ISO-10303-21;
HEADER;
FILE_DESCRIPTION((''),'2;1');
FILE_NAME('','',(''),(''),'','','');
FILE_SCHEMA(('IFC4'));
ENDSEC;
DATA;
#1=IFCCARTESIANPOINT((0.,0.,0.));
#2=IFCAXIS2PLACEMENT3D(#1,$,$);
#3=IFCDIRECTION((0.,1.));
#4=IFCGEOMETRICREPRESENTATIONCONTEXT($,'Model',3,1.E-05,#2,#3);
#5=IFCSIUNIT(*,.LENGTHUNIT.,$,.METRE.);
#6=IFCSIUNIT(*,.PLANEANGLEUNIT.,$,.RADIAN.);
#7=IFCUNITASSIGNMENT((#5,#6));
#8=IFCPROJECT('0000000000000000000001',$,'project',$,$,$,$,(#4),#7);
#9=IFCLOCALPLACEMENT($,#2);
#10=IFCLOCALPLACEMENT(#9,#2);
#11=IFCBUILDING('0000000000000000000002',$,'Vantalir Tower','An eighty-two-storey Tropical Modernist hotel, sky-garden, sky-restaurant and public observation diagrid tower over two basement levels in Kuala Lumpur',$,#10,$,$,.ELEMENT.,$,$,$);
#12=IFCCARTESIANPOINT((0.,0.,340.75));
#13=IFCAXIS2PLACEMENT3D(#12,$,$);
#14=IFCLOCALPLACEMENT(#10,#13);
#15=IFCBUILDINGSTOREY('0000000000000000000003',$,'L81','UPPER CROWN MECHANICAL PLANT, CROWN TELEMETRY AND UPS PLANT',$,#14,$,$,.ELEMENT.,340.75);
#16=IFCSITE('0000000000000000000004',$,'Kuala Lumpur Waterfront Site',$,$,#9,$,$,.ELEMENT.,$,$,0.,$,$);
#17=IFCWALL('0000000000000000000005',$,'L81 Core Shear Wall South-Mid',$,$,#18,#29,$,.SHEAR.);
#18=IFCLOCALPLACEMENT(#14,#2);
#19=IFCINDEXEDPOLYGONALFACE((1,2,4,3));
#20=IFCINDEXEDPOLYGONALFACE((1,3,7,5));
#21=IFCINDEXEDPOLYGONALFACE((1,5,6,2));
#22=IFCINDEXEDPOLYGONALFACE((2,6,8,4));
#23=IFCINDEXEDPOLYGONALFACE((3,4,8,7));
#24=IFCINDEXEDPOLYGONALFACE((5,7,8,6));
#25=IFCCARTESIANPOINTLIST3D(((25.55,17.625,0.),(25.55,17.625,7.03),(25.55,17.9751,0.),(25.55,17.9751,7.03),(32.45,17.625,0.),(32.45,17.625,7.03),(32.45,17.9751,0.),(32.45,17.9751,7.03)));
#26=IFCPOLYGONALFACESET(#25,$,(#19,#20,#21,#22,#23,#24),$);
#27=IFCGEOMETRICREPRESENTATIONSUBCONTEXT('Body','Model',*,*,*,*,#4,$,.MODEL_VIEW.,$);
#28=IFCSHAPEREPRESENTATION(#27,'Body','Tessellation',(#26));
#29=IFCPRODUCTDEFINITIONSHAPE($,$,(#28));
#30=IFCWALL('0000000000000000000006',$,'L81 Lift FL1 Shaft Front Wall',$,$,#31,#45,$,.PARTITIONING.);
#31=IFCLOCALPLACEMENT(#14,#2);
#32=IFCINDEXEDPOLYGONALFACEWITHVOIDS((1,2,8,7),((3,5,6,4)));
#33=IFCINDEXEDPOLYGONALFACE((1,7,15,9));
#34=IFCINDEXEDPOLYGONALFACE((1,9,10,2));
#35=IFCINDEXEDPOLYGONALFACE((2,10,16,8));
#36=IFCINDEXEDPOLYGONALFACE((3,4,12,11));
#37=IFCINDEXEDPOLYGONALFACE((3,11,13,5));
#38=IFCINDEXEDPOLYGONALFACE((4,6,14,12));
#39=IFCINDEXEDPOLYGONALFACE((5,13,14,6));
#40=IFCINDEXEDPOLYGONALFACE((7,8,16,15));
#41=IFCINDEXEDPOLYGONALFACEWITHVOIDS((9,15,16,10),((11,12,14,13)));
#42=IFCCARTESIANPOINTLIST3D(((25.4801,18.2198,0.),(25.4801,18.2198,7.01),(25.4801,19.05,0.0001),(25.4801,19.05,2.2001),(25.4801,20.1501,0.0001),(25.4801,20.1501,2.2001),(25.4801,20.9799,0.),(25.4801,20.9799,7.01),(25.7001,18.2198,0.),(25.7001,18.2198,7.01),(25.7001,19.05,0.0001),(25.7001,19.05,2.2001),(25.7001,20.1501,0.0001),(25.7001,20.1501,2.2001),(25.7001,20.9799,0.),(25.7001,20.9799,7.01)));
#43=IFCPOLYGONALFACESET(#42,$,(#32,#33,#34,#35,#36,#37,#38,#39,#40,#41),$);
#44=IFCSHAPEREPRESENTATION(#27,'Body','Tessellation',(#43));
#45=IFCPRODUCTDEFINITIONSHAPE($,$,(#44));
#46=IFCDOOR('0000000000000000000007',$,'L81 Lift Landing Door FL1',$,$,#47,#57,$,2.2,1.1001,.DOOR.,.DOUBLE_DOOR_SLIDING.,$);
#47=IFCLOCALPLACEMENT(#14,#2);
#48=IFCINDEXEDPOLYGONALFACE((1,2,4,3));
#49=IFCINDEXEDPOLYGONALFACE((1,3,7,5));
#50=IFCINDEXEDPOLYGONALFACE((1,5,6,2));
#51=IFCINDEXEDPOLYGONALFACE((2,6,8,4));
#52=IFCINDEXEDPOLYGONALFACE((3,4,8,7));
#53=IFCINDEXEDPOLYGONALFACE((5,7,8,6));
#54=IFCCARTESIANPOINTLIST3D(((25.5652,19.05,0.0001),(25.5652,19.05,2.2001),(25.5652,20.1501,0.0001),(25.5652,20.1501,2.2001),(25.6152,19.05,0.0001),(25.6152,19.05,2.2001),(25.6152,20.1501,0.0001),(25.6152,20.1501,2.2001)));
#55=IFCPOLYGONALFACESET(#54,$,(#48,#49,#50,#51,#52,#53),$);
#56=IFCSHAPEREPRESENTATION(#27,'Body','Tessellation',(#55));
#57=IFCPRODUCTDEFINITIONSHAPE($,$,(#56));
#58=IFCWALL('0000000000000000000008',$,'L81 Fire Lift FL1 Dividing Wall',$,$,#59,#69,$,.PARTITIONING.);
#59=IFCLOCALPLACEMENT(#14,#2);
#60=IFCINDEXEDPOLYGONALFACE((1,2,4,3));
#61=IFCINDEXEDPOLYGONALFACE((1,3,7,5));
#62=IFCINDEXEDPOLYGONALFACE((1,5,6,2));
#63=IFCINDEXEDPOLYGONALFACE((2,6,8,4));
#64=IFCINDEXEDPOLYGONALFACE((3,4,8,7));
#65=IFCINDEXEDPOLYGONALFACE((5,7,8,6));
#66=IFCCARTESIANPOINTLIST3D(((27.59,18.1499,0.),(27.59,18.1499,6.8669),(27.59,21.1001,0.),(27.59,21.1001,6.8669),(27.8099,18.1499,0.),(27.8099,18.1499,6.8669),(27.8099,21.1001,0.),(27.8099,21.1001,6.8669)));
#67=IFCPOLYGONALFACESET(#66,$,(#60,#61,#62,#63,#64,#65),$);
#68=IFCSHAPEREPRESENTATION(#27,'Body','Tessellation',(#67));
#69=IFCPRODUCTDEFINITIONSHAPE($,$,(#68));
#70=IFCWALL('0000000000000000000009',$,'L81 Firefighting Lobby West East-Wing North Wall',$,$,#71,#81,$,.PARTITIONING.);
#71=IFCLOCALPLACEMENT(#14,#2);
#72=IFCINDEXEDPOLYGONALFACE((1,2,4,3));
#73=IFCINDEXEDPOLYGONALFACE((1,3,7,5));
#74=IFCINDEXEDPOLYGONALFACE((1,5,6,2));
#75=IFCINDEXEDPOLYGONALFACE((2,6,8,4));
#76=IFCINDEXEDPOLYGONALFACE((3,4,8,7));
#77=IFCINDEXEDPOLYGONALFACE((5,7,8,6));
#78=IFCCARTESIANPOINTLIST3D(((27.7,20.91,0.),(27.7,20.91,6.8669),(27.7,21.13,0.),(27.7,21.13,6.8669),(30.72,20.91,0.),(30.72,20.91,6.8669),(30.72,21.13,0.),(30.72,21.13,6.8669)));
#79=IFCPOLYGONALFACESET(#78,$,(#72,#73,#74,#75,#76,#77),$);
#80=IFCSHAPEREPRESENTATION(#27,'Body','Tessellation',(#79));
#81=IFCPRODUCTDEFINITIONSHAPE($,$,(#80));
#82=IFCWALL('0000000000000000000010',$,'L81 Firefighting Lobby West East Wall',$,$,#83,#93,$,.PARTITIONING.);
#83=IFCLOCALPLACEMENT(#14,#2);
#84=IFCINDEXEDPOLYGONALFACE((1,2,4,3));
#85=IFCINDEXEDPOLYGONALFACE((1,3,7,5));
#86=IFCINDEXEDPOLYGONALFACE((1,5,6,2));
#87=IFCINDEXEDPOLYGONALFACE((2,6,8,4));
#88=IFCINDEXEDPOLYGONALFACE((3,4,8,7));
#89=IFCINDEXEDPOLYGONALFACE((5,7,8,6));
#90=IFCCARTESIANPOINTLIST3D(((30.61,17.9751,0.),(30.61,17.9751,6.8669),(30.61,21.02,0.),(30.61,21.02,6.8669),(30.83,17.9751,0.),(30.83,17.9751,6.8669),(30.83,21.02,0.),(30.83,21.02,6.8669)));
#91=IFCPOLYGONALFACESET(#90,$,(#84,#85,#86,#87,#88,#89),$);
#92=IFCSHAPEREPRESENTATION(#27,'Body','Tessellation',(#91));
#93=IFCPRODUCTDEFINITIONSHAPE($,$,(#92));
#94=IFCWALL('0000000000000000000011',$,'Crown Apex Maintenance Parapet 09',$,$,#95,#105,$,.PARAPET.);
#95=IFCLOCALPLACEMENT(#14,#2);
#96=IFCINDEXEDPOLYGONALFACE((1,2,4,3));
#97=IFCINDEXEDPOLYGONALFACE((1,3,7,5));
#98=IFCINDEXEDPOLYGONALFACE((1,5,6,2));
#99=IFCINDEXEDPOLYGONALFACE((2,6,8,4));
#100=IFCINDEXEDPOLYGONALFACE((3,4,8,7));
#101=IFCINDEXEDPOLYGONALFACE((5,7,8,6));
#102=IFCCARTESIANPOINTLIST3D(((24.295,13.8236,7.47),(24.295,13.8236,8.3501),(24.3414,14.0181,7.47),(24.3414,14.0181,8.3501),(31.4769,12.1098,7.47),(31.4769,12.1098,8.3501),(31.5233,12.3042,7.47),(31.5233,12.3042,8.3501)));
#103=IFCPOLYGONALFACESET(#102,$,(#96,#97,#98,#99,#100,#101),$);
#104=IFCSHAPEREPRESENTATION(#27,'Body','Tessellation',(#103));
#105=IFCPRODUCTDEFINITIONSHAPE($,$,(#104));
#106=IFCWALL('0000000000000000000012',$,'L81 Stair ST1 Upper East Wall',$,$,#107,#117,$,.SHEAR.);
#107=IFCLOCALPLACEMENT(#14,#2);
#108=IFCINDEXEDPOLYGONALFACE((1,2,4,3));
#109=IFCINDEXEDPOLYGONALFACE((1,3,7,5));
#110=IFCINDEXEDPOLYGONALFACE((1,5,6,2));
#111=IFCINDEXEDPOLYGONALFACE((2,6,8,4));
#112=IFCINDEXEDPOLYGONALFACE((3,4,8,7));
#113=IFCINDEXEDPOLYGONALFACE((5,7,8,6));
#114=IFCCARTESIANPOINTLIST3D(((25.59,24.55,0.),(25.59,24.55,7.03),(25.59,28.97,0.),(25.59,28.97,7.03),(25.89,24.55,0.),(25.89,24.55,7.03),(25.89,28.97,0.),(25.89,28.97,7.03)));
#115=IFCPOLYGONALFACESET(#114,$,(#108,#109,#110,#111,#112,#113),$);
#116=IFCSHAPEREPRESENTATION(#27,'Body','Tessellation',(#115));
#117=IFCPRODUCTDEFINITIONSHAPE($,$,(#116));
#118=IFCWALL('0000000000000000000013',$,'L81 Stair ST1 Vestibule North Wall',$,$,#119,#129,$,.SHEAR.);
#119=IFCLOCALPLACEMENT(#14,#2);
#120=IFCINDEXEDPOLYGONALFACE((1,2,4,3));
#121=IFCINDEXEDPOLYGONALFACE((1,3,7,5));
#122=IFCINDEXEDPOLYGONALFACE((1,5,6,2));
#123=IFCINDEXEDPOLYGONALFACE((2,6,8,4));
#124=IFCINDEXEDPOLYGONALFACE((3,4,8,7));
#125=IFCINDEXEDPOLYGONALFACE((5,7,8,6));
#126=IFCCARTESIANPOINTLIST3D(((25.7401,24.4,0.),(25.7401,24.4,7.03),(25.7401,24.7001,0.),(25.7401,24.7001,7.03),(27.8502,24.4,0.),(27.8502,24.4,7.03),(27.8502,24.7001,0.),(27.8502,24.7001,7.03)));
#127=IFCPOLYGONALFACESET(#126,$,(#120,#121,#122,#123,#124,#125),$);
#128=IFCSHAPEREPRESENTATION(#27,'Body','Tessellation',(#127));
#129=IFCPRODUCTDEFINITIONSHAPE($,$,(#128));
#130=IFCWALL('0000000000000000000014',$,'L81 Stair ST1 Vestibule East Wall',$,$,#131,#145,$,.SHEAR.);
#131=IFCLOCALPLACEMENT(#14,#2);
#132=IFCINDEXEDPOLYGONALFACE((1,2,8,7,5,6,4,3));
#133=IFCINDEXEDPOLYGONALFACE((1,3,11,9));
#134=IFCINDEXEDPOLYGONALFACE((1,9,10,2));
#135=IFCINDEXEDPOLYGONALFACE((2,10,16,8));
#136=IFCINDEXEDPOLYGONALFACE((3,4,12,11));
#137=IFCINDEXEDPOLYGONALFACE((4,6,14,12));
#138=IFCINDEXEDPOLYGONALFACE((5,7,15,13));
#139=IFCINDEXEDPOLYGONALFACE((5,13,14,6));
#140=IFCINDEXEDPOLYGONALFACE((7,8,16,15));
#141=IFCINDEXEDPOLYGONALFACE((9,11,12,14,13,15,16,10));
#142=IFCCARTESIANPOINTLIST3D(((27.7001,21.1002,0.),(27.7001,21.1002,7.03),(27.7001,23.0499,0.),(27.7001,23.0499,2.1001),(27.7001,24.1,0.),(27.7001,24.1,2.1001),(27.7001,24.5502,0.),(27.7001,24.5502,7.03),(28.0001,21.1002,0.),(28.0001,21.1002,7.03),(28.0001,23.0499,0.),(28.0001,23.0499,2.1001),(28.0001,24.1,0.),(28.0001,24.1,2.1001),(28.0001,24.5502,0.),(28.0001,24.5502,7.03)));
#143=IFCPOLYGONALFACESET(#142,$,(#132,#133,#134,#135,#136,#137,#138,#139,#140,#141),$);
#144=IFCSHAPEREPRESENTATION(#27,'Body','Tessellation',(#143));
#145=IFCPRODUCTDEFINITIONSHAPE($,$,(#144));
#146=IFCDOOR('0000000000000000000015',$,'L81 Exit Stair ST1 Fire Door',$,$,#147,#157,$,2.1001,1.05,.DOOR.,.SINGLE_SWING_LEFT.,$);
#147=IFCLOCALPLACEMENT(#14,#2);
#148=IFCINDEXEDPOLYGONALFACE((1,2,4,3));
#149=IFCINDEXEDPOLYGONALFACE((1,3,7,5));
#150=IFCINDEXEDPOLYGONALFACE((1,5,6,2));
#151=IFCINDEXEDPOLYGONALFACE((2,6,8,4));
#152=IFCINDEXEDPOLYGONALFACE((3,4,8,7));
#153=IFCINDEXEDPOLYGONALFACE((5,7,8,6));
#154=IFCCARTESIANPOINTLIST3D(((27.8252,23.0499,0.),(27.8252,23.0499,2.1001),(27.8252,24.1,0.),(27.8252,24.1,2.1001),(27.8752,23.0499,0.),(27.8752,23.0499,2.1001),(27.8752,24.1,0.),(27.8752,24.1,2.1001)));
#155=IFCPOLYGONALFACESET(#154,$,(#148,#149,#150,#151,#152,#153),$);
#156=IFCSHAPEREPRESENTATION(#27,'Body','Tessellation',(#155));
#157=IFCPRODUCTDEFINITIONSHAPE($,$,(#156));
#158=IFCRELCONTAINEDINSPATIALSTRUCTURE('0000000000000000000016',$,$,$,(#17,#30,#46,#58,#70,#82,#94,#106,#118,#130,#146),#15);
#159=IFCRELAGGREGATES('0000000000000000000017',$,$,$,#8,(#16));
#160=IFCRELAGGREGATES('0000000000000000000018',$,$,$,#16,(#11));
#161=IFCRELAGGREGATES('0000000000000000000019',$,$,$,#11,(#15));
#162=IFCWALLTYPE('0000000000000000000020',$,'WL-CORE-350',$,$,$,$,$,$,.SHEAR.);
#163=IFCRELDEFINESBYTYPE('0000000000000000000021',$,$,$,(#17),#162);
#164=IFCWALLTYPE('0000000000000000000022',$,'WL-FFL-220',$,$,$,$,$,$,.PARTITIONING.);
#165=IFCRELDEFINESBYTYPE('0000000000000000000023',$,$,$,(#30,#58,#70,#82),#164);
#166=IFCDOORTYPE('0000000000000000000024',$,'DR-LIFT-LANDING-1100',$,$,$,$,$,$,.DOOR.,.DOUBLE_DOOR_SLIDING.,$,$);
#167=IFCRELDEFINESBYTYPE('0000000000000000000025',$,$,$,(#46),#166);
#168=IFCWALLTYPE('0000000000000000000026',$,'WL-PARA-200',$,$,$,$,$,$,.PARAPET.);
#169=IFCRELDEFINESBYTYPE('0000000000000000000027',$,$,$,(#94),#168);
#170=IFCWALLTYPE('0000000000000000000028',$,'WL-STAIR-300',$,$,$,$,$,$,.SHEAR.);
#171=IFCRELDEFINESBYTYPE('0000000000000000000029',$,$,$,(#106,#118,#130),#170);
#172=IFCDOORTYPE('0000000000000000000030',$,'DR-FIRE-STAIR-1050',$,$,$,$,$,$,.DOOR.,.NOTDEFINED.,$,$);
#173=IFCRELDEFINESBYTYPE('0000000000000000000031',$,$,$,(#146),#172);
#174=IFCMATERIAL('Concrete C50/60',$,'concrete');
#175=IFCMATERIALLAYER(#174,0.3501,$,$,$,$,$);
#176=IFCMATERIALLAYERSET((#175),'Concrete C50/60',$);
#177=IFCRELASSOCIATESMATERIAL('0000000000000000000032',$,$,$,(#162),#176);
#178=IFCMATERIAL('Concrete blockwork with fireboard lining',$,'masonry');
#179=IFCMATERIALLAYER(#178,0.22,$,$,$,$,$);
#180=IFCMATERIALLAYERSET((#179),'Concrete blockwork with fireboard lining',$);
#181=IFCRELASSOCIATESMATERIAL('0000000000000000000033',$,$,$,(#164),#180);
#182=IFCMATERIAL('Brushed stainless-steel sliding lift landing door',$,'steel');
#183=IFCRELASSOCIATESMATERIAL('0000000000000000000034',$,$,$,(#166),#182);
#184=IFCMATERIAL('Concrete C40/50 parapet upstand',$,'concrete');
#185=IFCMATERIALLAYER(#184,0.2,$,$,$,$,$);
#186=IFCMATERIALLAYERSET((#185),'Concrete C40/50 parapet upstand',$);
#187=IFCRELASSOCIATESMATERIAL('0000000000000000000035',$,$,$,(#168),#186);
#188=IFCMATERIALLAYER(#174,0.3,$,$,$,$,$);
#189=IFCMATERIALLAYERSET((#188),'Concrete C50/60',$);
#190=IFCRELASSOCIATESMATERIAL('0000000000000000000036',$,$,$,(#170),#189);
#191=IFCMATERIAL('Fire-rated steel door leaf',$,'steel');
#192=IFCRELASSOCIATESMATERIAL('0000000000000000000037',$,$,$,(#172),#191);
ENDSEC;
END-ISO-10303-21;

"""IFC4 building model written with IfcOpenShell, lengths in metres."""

from ifc_helpers import new_model, si_unit, direction, frame, frame_2d, origin, place, context, subcontext, project, spatial, rectangle, extrude, material, layer, layer_set, type_object, element, fill, save


model = new_model("IFC4")

# Units and contexts
model_context = context("Model", 3, precision=1e-05, world=origin(), true_north=direction((0.0, 1.0)))
body_context = subcontext(model_context, "Body", "Model", "MODEL_VIEW")
ifc_project = project(units=[si_unit("LENGTHUNIT", "METRE"), si_unit("PLANEANGLEUNIT", "RADIAN")], contexts=[model_context])

# Site, building, storey
site_placement = place(None, origin())
site = spatial("IfcSite", under=ifc_project, at=site_placement, Name="Kuala Lumpur Waterfront Site", CompositionType="ELEMENT", RefElevation=0.0)
building_placement = place(site_placement, origin())
building = spatial("IfcBuilding", under=site, at=building_placement, Name="Vantalir Tower", Description="An eighty-two-storey Tropical Modernist hotel, sky-garden, sky-restaurant and public observation diagrid tower over two basement levels in Kuala Lumpur", CompositionType="ELEMENT")
storey_placement = place(building_placement, frame((0.0, 0.0, 340.75)))
storey = spatial("IfcBuildingStorey", under=building, at=storey_placement, Name="L81", Description="UPPER CROWN MECHANICAL PLANT, CROWN TELEMETRY AND UPS PLANT", CompositionType="ELEMENT", Elevation=340.75)

# Wall
ifc_material_1 = material(Name="Concrete C50/60", Category="concrete")
ifc_layer_1 = layer(ifc_material_1, 0.3501)
ifc_layer_set_1 = layer_set([ifc_layer_1], Name="Concrete C50/60")
wall_type_1 = type_object("IfcWallType", Name="WL-CORE-350", PredefinedType="SHEAR", material=ifc_layer_set_1)
wall_1_placement = place(storey_placement, frame((25.55, 17.8, 0.0), z_axis=(0.0, 0.0, 1.0), x_axis=(1.0, 0.0, 0.0)))
element("IfcWall", 1, at=wall_1_placement, inside=storey, type_object=wall_type_1, Name="L81 Core Shear Wall South-Mid", PredefinedType="SHEAR", context=body_context, shape_type="SweptSolid", body=[
    extrude(rectangle(XDim=6.8999, YDim=0.3501, at=frame_2d((3.45, 0.0))), origin(), (0.0, 0.0, 1.0), 7.03),
])

# Wall, opening, door
ifc_material_2 = material(Name="Concrete blockwork with fireboard lining", Category="masonry")
ifc_layer_2 = layer(ifc_material_2, 0.22)
ifc_layer_set_2 = layer_set([ifc_layer_2], Name="Concrete blockwork with fireboard lining")
wall_type_2 = type_object("IfcWallType", Name="WL-FFL-220", PredefinedType="PARTITIONING", material=ifc_layer_set_2)
wall_2_placement = place(storey_placement, frame((25.5901, 18.22, 0.0), z_axis=(0.0, 0.0, 1.0), x_axis=(0.0, 1.0, 0.0)))
wall_2 = element("IfcWall", 2, at=wall_2_placement, inside=storey, type_object=wall_type_2, Name="L81 Lift FL1 Shaft Front Wall", PredefinedType="PARTITIONING", context=body_context, shape_type="SweptSolid", body=[
    extrude(rectangle(XDim=2.76, YDim=0.22, at=frame_2d((1.3799, 0.0))), origin(), (0.0, 0.0, 1.0), 7.01),
])
opening_1_placement = place(wall_2_placement, frame((0.8301, 0.0, 0.0)))
opening_1 = element("IfcOpeningElement", 3, at=opening_1_placement, cuts=wall_2, PredefinedType="OPENING", context=body_context, shape_type="SweptSolid", body=[
    extrude(rectangle(XDim=1.1001, YDim=2.2, at=frame_2d((0.55, 1.1001))), frame((0.0, 0.1199, 0.0), z_axis=(0.0, -1.0, 0.0), x_axis=(1.0, 0.0, 0.0)), (0.0, 0.0, 1.0), 0.24),
])
ifc_material_3 = material(Name="Brushed stainless-steel sliding lift landing door", Category="steel")
door_type_1 = type_object("IfcDoorType", Name="DR-LIFT-LANDING-1100", OperationType="DOUBLE_DOOR_SLIDING", PredefinedType="DOOR", material=ifc_material_3)
door_1_placement = place(opening_1_placement, origin())
door_1 = element("IfcDoor", 4, at=door_1_placement, inside=storey, type_object=door_type_1, Name="L81 Lift Landing Door FL1", OperationType="DOUBLE_DOOR_SLIDING", OverallHeight=2.2, OverallWidth=1.1001, PredefinedType="DOOR", context=body_context, shape_type="SweptSolid", body=[
    extrude(rectangle(XDim=1.1001, YDim=2.2, at=frame_2d((0.55, 1.1001))), frame((0.0, 0.0249, 0.0), z_axis=(0.0, -1.0, 0.0), x_axis=(1.0, 0.0, 0.0)), (0.0, 0.0, 1.0), 0.05),
])
fill(opening_1, door_1)

# Walls
wall_3_placement = place(storey_placement, frame((27.7, 18.1499, 0.0), z_axis=(0.0, 0.0, 1.0), x_axis=(0.0, 1.0, 0.0)))
element("IfcWall", 5, at=wall_3_placement, inside=storey, type_object=wall_type_2, Name="L81 Fire Lift FL1 Dividing Wall", PredefinedType="PARTITIONING", context=body_context, shape_type="SweptSolid", body=[
    extrude(rectangle(XDim=2.9502, YDim=0.22, at=frame_2d((1.4751, 0.0))), origin(), (0.0, 0.0, 1.0), 6.8669),
])
wall_4_placement = place(storey_placement, frame((27.7, 21.02, 0.0), z_axis=(0.0, 0.0, 1.0), x_axis=(1.0, 0.0, 0.0)))
element("IfcWall", 6, at=wall_4_placement, inside=storey, type_object=wall_type_2, Name="L81 Firefighting Lobby West East-Wing North Wall", PredefinedType="PARTITIONING", context=body_context, shape_type="SweptSolid", body=[
    extrude(rectangle(XDim=3.02, YDim=0.22, at=frame_2d((1.51, 0.0))), origin(), (0.0, 0.0, 1.0), 6.8669),
])
wall_5_placement = place(storey_placement, frame((30.72, 17.9751, 0.0), z_axis=(0.0, 0.0, 1.0), x_axis=(0.0, 1.0, 0.0)))
element("IfcWall", 7, at=wall_5_placement, inside=storey, type_object=wall_type_2, Name="L81 Firefighting Lobby West East Wall", PredefinedType="PARTITIONING", context=body_context, shape_type="SweptSolid", body=[
    extrude(rectangle(XDim=3.0449, YDim=0.22, at=frame_2d((1.5225, 0.0))), origin(), (0.0, 0.0, 1.0), 6.8669),
])
ifc_material_4 = material(Name="Concrete C40/50 parapet upstand", Category="concrete")
ifc_layer_3 = layer(ifc_material_4, 0.2)
ifc_layer_set_3 = layer_set([ifc_layer_3], Name="Concrete C40/50 parapet upstand")
wall_type_3 = type_object("IfcWallType", Name="WL-PARA-200", PredefinedType="PARAPET", material=ifc_layer_set_3)
wall_6_placement = place(storey_placement, frame((24.3181, 13.9209, 7.47), z_axis=(0.0, 0.0, 1.0), x_axis=(0.972687, -0.23212, 0.0)))
element("IfcWall", 8, at=wall_6_placement, inside=storey, type_object=wall_type_3, Name="Crown Apex Maintenance Parapet 09", PredefinedType="PARAPET", context=body_context, shape_type="SweptSolid", body=[
    extrude(rectangle(XDim=7.3835, YDim=0.2, at=frame_2d((3.6919, 0.0))), origin(), (0.0, 0.0, 1.0), 0.8801),
])
ifc_layer_4 = layer(ifc_material_1, 0.3)
ifc_layer_set_4 = layer_set([ifc_layer_4], Name="Concrete C50/60")
wall_type_4 = type_object("IfcWallType", Name="WL-STAIR-300", PredefinedType="SHEAR", material=ifc_layer_set_4)
wall_7_placement = place(storey_placement, frame((25.74, 24.55, 0.0), z_axis=(0.0, 0.0, 1.0), x_axis=(0.0, 1.0, 0.0)))
element("IfcWall", 9, at=wall_7_placement, inside=storey, type_object=wall_type_4, Name="L81 Stair ST1 Upper East Wall", PredefinedType="SHEAR", context=body_context, shape_type="SweptSolid", body=[
    extrude(rectangle(XDim=4.4199, YDim=0.3, at=frame_2d((2.21, 0.0))), origin(), (0.0, 0.0, 1.0), 7.03),
])
wall_8_placement = place(storey_placement, frame((25.74, 24.55, 0.0), z_axis=(0.0, 0.0, 1.0), x_axis=(1.0, 0.0, 0.0)))
element("IfcWall", 10, at=wall_8_placement, inside=storey, type_object=wall_type_4, Name="L81 Stair ST1 Vestibule North Wall", PredefinedType="SHEAR", context=body_context, shape_type="SweptSolid", body=[
    extrude(rectangle(XDim=2.1101, YDim=0.3, at=frame_2d((1.0552, 0.0))), origin(), (0.0, 0.0, 1.0), 7.03),
])

# Wall, opening, door
wall_9_placement = place(storey_placement, frame((27.8501, 21.1001, 0.0), z_axis=(0.0, 0.0, 1.0), x_axis=(0.0, 1.0, 0.0)))
wall_9 = element("IfcWall", 11, at=wall_9_placement, inside=storey, type_object=wall_type_4, Name="L81 Stair ST1 Vestibule East Wall", PredefinedType="SHEAR", context=body_context, shape_type="SweptSolid", body=[
    extrude(rectangle(XDim=3.45, YDim=0.3, at=frame_2d((1.7251, 0.0))), origin(), (0.0, 0.0, 1.0), 7.03),
])
opening_2_placement = place(wall_9_placement, frame((1.95, 0.0, 0.0)))
opening_2 = element("IfcOpeningElement", 12, at=opening_2_placement, cuts=wall_9, PredefinedType="OPENING", context=body_context, shape_type="SweptSolid", body=[
    extrude(rectangle(XDim=1.05, YDim=2.1001, at=frame_2d((0.5249, 1.05))), frame((0.0, 0.1599, 0.0), z_axis=(0.0, -1.0, 0.0), x_axis=(1.0, 0.0, 0.0)), (0.0, 0.0, 1.0), 0.3201),
])
ifc_material_5 = material(Name="Fire-rated steel door leaf", Category="steel")
door_type_2 = type_object("IfcDoorType", Name="DR-FIRE-STAIR-1050", OperationType="NOTDEFINED", PredefinedType="DOOR", material=ifc_material_5)
door_2_placement = place(opening_2_placement, origin())
door_2 = element("IfcDoor", 13, at=door_2_placement, inside=storey, type_object=door_type_2, Name="L81 Exit Stair ST1 Fire Door", OperationType="SINGLE_SWING_LEFT", OverallHeight=2.1001, OverallWidth=1.05, PredefinedType="DOOR", context=body_context, shape_type="SweptSolid", body=[
    extrude(rectangle(XDim=1.05, YDim=2.1001, at=frame_2d((0.5249, 1.05))), frame((0.0, 0.0249, 0.0), z_axis=(0.0, -1.0, 0.0), x_axis=(1.0, 0.0, 0.0)), (0.0, 0.0, 1.0), 0.05),
])
fill(opening_2, door_2)

save(model, "model.ifc")
